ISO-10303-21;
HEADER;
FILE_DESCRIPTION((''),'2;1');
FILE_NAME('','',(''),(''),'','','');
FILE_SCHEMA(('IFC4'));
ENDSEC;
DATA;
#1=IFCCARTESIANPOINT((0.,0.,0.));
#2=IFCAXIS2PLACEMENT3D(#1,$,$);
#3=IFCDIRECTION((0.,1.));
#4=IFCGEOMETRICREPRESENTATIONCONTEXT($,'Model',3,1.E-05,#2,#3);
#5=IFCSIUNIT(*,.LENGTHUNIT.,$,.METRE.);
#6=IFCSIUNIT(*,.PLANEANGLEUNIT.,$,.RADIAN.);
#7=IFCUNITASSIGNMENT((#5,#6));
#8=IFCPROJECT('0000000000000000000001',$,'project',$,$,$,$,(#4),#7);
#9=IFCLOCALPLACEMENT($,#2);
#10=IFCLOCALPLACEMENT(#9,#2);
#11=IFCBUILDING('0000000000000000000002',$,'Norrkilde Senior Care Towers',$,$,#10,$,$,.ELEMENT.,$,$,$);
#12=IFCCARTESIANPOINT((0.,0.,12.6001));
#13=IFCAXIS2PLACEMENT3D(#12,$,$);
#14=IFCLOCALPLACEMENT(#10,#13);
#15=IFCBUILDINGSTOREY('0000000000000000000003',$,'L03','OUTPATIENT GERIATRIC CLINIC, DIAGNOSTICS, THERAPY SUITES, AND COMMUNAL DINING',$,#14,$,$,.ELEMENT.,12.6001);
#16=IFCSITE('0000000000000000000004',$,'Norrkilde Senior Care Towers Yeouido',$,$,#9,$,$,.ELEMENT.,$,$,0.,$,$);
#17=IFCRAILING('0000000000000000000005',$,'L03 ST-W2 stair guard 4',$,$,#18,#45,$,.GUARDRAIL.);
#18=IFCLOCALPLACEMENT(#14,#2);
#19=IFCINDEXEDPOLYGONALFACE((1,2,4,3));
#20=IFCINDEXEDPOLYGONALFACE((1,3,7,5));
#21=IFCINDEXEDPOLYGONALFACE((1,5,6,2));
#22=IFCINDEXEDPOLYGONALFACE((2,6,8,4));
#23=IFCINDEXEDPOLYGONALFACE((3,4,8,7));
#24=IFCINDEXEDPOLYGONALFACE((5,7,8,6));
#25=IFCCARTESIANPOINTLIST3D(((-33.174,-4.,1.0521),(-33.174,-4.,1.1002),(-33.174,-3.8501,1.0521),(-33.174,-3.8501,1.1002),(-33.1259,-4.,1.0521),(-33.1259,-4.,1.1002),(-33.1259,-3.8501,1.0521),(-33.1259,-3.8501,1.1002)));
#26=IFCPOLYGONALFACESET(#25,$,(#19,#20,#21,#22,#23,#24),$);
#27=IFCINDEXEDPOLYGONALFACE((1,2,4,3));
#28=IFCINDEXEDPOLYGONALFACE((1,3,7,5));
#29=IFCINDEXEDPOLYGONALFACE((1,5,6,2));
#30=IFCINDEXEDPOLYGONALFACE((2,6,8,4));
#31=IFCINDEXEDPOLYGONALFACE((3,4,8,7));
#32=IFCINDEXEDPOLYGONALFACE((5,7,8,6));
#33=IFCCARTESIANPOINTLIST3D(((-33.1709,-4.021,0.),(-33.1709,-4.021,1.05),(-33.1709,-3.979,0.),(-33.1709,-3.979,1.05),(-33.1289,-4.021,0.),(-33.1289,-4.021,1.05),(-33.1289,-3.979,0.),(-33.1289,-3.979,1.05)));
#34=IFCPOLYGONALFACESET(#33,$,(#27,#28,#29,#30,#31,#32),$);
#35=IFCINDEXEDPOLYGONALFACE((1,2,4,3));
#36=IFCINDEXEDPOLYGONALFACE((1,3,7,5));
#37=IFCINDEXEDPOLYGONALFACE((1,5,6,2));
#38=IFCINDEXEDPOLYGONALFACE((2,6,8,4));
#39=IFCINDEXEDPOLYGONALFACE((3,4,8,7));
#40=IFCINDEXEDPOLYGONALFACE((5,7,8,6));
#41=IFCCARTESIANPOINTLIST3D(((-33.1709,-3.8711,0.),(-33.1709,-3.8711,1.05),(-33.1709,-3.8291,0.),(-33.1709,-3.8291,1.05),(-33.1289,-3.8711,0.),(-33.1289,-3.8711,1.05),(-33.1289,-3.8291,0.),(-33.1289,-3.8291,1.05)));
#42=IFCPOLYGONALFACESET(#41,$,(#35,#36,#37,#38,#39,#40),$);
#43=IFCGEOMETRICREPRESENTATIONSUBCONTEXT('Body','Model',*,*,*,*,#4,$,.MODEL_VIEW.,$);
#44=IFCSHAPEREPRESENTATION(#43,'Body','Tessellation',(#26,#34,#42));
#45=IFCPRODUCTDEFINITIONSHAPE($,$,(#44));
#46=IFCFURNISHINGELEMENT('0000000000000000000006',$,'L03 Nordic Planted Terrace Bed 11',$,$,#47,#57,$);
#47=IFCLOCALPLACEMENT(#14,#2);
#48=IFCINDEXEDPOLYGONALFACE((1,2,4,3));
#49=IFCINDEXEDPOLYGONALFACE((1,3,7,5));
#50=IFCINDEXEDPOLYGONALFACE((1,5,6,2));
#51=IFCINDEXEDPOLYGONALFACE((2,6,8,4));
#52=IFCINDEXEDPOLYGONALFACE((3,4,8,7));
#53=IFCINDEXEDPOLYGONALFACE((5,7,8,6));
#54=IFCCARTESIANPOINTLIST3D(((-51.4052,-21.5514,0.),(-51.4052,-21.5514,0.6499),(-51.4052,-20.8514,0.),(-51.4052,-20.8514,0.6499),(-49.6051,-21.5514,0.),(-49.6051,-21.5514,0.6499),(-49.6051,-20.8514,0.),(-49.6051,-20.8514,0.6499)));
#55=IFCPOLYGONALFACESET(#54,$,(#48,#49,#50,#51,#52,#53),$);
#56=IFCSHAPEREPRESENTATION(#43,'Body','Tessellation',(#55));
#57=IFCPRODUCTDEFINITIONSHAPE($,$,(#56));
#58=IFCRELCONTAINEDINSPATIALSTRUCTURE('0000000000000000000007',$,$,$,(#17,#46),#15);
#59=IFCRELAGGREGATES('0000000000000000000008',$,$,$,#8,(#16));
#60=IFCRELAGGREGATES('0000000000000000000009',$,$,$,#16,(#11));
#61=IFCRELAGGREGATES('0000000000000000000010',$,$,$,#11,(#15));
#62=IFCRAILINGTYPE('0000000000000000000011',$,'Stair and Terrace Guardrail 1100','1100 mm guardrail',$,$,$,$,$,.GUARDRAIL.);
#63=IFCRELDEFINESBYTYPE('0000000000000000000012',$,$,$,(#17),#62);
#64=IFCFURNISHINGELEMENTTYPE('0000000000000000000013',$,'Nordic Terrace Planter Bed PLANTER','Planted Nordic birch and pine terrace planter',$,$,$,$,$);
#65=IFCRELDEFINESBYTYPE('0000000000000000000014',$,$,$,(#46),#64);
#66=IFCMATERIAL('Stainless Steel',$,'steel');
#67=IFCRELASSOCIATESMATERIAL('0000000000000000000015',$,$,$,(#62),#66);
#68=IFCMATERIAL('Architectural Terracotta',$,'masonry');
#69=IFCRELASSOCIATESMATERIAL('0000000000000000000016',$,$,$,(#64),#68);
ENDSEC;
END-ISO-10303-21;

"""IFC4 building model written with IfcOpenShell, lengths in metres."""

from ifc_helpers import new_model, si_unit, direction, frame, origin, origin_2d, place, context, subcontext, project, spatial, rectangle, extrude, source, transform, mapped, material, type_object, type_shapes, element, save


model = new_model("IFC4")

# Units and contexts
model_context = context("Model", 3, precision=1e-05, world=origin(), true_north=direction((0.0, 1.0)))
body_context = subcontext(model_context, "Body", "Model", "MODEL_VIEW")
ifc_project = project(units=[si_unit("LENGTHUNIT", "METRE"), si_unit("PLANEANGLEUNIT", "RADIAN")], contexts=[model_context])

# Site, building, storey
site_placement = place(None, origin())
site = spatial("IfcSite", under=ifc_project, at=site_placement, Name="Norrkilde Senior Care Towers Yeouido", CompositionType="ELEMENT", RefElevation=0.0)
building_placement = place(site_placement, origin())
building = spatial("IfcBuilding", under=site, at=building_placement, Name="Norrkilde Senior Care Towers", CompositionType="ELEMENT")
storey_placement = place(building_placement, frame((0.0, 0.0, 12.6001)))
storey = spatial("IfcBuildingStorey", under=building, at=storey_placement, Name="L03", Description="OUTPATIENT GERIATRIC CLINIC, DIAGNOSTICS, THERAPY SUITES, AND COMMUNAL DINING", CompositionType="ELEMENT", Elevation=12.6001)

# Railing
ifc_material_1 = material(Name="Stainless Steel", Category="steel")
railing_type_1 = type_object("IfcRailingType", Name="Stair and Terrace Guardrail 1100", Description="1100 mm guardrail", PredefinedType="GUARDRAIL", material=ifc_material_1)
railing_1_placement = place(storey_placement, frame((-33.1499, -4.0, 0.0)))
element("IfcRailing", 1, at=railing_1_placement, inside=storey, type_object=railing_type_1, Name="L03 ST-W2 stair guard 4", PredefinedType="GUARDRAIL", context=body_context, shape_type="SweptSolid", body=[
    extrude(rectangle(XDim=0.0481, YDim=0.0481, at=origin_2d()), frame((0.0, 0.0, 1.0762), z_axis=(0.0, 1.0, 0.0), x_axis=(-1.0, 0.0, 0.0)), (0.0, 0.0, 1.0), 0.1499),
    extrude(rectangle(XDim=0.042, YDim=0.042, at=origin_2d()), origin(), (0.0, 0.0, 1.0), 1.05),
    extrude(rectangle(XDim=0.042, YDim=0.042, at=origin_2d()), frame((0.0, 0.1499, 0.0)), (0.0, 0.0, 1.0), 1.05),
])

# Furnishing element
ifc_material_2 = material(Name="Architectural Terracotta", Category="masonry")
furnishing_element_type = type_object("IfcFurnishingElementType", Name="Nordic Terrace Planter Bed PLANTER", Description="Planted Nordic birch and pine terrace planter", material=ifc_material_2)
shared_shape_1 = source(origin(), body_context, "Body", "SweptSolid", [
    extrude(rectangle(XDim=1.8, YDim=0.7, at=origin_2d()), origin(), (0.0, 0.0, 1.0), 0.6499),
])
type_shapes(furnishing_element_type, [shared_shape_1])
furnishing_placement = place(storey_placement, frame((-50.5051, -21.2014, 0.0), z_axis=(0.0, 0.0, 1.0), x_axis=(1.0, 0.0, 0.0)))
element("IfcFurnishingElement", 2, at=furnishing_placement, inside=storey, type_object=furnishing_element_type, Name="L03 Nordic Planted Terrace Bed 11", context=body_context, shape_type="MappedRepresentation", body=[
    mapped(shared_shape_1, transform((0.0, 0.0, 0.0), x_axis=(1.0, 0.0, 0.0), y_axis=(0.0, 1.0, 0.0), z_axis=(0.0, 0.0, 1.0), scale=1.0)),
])

save(model, "model.ifc")
